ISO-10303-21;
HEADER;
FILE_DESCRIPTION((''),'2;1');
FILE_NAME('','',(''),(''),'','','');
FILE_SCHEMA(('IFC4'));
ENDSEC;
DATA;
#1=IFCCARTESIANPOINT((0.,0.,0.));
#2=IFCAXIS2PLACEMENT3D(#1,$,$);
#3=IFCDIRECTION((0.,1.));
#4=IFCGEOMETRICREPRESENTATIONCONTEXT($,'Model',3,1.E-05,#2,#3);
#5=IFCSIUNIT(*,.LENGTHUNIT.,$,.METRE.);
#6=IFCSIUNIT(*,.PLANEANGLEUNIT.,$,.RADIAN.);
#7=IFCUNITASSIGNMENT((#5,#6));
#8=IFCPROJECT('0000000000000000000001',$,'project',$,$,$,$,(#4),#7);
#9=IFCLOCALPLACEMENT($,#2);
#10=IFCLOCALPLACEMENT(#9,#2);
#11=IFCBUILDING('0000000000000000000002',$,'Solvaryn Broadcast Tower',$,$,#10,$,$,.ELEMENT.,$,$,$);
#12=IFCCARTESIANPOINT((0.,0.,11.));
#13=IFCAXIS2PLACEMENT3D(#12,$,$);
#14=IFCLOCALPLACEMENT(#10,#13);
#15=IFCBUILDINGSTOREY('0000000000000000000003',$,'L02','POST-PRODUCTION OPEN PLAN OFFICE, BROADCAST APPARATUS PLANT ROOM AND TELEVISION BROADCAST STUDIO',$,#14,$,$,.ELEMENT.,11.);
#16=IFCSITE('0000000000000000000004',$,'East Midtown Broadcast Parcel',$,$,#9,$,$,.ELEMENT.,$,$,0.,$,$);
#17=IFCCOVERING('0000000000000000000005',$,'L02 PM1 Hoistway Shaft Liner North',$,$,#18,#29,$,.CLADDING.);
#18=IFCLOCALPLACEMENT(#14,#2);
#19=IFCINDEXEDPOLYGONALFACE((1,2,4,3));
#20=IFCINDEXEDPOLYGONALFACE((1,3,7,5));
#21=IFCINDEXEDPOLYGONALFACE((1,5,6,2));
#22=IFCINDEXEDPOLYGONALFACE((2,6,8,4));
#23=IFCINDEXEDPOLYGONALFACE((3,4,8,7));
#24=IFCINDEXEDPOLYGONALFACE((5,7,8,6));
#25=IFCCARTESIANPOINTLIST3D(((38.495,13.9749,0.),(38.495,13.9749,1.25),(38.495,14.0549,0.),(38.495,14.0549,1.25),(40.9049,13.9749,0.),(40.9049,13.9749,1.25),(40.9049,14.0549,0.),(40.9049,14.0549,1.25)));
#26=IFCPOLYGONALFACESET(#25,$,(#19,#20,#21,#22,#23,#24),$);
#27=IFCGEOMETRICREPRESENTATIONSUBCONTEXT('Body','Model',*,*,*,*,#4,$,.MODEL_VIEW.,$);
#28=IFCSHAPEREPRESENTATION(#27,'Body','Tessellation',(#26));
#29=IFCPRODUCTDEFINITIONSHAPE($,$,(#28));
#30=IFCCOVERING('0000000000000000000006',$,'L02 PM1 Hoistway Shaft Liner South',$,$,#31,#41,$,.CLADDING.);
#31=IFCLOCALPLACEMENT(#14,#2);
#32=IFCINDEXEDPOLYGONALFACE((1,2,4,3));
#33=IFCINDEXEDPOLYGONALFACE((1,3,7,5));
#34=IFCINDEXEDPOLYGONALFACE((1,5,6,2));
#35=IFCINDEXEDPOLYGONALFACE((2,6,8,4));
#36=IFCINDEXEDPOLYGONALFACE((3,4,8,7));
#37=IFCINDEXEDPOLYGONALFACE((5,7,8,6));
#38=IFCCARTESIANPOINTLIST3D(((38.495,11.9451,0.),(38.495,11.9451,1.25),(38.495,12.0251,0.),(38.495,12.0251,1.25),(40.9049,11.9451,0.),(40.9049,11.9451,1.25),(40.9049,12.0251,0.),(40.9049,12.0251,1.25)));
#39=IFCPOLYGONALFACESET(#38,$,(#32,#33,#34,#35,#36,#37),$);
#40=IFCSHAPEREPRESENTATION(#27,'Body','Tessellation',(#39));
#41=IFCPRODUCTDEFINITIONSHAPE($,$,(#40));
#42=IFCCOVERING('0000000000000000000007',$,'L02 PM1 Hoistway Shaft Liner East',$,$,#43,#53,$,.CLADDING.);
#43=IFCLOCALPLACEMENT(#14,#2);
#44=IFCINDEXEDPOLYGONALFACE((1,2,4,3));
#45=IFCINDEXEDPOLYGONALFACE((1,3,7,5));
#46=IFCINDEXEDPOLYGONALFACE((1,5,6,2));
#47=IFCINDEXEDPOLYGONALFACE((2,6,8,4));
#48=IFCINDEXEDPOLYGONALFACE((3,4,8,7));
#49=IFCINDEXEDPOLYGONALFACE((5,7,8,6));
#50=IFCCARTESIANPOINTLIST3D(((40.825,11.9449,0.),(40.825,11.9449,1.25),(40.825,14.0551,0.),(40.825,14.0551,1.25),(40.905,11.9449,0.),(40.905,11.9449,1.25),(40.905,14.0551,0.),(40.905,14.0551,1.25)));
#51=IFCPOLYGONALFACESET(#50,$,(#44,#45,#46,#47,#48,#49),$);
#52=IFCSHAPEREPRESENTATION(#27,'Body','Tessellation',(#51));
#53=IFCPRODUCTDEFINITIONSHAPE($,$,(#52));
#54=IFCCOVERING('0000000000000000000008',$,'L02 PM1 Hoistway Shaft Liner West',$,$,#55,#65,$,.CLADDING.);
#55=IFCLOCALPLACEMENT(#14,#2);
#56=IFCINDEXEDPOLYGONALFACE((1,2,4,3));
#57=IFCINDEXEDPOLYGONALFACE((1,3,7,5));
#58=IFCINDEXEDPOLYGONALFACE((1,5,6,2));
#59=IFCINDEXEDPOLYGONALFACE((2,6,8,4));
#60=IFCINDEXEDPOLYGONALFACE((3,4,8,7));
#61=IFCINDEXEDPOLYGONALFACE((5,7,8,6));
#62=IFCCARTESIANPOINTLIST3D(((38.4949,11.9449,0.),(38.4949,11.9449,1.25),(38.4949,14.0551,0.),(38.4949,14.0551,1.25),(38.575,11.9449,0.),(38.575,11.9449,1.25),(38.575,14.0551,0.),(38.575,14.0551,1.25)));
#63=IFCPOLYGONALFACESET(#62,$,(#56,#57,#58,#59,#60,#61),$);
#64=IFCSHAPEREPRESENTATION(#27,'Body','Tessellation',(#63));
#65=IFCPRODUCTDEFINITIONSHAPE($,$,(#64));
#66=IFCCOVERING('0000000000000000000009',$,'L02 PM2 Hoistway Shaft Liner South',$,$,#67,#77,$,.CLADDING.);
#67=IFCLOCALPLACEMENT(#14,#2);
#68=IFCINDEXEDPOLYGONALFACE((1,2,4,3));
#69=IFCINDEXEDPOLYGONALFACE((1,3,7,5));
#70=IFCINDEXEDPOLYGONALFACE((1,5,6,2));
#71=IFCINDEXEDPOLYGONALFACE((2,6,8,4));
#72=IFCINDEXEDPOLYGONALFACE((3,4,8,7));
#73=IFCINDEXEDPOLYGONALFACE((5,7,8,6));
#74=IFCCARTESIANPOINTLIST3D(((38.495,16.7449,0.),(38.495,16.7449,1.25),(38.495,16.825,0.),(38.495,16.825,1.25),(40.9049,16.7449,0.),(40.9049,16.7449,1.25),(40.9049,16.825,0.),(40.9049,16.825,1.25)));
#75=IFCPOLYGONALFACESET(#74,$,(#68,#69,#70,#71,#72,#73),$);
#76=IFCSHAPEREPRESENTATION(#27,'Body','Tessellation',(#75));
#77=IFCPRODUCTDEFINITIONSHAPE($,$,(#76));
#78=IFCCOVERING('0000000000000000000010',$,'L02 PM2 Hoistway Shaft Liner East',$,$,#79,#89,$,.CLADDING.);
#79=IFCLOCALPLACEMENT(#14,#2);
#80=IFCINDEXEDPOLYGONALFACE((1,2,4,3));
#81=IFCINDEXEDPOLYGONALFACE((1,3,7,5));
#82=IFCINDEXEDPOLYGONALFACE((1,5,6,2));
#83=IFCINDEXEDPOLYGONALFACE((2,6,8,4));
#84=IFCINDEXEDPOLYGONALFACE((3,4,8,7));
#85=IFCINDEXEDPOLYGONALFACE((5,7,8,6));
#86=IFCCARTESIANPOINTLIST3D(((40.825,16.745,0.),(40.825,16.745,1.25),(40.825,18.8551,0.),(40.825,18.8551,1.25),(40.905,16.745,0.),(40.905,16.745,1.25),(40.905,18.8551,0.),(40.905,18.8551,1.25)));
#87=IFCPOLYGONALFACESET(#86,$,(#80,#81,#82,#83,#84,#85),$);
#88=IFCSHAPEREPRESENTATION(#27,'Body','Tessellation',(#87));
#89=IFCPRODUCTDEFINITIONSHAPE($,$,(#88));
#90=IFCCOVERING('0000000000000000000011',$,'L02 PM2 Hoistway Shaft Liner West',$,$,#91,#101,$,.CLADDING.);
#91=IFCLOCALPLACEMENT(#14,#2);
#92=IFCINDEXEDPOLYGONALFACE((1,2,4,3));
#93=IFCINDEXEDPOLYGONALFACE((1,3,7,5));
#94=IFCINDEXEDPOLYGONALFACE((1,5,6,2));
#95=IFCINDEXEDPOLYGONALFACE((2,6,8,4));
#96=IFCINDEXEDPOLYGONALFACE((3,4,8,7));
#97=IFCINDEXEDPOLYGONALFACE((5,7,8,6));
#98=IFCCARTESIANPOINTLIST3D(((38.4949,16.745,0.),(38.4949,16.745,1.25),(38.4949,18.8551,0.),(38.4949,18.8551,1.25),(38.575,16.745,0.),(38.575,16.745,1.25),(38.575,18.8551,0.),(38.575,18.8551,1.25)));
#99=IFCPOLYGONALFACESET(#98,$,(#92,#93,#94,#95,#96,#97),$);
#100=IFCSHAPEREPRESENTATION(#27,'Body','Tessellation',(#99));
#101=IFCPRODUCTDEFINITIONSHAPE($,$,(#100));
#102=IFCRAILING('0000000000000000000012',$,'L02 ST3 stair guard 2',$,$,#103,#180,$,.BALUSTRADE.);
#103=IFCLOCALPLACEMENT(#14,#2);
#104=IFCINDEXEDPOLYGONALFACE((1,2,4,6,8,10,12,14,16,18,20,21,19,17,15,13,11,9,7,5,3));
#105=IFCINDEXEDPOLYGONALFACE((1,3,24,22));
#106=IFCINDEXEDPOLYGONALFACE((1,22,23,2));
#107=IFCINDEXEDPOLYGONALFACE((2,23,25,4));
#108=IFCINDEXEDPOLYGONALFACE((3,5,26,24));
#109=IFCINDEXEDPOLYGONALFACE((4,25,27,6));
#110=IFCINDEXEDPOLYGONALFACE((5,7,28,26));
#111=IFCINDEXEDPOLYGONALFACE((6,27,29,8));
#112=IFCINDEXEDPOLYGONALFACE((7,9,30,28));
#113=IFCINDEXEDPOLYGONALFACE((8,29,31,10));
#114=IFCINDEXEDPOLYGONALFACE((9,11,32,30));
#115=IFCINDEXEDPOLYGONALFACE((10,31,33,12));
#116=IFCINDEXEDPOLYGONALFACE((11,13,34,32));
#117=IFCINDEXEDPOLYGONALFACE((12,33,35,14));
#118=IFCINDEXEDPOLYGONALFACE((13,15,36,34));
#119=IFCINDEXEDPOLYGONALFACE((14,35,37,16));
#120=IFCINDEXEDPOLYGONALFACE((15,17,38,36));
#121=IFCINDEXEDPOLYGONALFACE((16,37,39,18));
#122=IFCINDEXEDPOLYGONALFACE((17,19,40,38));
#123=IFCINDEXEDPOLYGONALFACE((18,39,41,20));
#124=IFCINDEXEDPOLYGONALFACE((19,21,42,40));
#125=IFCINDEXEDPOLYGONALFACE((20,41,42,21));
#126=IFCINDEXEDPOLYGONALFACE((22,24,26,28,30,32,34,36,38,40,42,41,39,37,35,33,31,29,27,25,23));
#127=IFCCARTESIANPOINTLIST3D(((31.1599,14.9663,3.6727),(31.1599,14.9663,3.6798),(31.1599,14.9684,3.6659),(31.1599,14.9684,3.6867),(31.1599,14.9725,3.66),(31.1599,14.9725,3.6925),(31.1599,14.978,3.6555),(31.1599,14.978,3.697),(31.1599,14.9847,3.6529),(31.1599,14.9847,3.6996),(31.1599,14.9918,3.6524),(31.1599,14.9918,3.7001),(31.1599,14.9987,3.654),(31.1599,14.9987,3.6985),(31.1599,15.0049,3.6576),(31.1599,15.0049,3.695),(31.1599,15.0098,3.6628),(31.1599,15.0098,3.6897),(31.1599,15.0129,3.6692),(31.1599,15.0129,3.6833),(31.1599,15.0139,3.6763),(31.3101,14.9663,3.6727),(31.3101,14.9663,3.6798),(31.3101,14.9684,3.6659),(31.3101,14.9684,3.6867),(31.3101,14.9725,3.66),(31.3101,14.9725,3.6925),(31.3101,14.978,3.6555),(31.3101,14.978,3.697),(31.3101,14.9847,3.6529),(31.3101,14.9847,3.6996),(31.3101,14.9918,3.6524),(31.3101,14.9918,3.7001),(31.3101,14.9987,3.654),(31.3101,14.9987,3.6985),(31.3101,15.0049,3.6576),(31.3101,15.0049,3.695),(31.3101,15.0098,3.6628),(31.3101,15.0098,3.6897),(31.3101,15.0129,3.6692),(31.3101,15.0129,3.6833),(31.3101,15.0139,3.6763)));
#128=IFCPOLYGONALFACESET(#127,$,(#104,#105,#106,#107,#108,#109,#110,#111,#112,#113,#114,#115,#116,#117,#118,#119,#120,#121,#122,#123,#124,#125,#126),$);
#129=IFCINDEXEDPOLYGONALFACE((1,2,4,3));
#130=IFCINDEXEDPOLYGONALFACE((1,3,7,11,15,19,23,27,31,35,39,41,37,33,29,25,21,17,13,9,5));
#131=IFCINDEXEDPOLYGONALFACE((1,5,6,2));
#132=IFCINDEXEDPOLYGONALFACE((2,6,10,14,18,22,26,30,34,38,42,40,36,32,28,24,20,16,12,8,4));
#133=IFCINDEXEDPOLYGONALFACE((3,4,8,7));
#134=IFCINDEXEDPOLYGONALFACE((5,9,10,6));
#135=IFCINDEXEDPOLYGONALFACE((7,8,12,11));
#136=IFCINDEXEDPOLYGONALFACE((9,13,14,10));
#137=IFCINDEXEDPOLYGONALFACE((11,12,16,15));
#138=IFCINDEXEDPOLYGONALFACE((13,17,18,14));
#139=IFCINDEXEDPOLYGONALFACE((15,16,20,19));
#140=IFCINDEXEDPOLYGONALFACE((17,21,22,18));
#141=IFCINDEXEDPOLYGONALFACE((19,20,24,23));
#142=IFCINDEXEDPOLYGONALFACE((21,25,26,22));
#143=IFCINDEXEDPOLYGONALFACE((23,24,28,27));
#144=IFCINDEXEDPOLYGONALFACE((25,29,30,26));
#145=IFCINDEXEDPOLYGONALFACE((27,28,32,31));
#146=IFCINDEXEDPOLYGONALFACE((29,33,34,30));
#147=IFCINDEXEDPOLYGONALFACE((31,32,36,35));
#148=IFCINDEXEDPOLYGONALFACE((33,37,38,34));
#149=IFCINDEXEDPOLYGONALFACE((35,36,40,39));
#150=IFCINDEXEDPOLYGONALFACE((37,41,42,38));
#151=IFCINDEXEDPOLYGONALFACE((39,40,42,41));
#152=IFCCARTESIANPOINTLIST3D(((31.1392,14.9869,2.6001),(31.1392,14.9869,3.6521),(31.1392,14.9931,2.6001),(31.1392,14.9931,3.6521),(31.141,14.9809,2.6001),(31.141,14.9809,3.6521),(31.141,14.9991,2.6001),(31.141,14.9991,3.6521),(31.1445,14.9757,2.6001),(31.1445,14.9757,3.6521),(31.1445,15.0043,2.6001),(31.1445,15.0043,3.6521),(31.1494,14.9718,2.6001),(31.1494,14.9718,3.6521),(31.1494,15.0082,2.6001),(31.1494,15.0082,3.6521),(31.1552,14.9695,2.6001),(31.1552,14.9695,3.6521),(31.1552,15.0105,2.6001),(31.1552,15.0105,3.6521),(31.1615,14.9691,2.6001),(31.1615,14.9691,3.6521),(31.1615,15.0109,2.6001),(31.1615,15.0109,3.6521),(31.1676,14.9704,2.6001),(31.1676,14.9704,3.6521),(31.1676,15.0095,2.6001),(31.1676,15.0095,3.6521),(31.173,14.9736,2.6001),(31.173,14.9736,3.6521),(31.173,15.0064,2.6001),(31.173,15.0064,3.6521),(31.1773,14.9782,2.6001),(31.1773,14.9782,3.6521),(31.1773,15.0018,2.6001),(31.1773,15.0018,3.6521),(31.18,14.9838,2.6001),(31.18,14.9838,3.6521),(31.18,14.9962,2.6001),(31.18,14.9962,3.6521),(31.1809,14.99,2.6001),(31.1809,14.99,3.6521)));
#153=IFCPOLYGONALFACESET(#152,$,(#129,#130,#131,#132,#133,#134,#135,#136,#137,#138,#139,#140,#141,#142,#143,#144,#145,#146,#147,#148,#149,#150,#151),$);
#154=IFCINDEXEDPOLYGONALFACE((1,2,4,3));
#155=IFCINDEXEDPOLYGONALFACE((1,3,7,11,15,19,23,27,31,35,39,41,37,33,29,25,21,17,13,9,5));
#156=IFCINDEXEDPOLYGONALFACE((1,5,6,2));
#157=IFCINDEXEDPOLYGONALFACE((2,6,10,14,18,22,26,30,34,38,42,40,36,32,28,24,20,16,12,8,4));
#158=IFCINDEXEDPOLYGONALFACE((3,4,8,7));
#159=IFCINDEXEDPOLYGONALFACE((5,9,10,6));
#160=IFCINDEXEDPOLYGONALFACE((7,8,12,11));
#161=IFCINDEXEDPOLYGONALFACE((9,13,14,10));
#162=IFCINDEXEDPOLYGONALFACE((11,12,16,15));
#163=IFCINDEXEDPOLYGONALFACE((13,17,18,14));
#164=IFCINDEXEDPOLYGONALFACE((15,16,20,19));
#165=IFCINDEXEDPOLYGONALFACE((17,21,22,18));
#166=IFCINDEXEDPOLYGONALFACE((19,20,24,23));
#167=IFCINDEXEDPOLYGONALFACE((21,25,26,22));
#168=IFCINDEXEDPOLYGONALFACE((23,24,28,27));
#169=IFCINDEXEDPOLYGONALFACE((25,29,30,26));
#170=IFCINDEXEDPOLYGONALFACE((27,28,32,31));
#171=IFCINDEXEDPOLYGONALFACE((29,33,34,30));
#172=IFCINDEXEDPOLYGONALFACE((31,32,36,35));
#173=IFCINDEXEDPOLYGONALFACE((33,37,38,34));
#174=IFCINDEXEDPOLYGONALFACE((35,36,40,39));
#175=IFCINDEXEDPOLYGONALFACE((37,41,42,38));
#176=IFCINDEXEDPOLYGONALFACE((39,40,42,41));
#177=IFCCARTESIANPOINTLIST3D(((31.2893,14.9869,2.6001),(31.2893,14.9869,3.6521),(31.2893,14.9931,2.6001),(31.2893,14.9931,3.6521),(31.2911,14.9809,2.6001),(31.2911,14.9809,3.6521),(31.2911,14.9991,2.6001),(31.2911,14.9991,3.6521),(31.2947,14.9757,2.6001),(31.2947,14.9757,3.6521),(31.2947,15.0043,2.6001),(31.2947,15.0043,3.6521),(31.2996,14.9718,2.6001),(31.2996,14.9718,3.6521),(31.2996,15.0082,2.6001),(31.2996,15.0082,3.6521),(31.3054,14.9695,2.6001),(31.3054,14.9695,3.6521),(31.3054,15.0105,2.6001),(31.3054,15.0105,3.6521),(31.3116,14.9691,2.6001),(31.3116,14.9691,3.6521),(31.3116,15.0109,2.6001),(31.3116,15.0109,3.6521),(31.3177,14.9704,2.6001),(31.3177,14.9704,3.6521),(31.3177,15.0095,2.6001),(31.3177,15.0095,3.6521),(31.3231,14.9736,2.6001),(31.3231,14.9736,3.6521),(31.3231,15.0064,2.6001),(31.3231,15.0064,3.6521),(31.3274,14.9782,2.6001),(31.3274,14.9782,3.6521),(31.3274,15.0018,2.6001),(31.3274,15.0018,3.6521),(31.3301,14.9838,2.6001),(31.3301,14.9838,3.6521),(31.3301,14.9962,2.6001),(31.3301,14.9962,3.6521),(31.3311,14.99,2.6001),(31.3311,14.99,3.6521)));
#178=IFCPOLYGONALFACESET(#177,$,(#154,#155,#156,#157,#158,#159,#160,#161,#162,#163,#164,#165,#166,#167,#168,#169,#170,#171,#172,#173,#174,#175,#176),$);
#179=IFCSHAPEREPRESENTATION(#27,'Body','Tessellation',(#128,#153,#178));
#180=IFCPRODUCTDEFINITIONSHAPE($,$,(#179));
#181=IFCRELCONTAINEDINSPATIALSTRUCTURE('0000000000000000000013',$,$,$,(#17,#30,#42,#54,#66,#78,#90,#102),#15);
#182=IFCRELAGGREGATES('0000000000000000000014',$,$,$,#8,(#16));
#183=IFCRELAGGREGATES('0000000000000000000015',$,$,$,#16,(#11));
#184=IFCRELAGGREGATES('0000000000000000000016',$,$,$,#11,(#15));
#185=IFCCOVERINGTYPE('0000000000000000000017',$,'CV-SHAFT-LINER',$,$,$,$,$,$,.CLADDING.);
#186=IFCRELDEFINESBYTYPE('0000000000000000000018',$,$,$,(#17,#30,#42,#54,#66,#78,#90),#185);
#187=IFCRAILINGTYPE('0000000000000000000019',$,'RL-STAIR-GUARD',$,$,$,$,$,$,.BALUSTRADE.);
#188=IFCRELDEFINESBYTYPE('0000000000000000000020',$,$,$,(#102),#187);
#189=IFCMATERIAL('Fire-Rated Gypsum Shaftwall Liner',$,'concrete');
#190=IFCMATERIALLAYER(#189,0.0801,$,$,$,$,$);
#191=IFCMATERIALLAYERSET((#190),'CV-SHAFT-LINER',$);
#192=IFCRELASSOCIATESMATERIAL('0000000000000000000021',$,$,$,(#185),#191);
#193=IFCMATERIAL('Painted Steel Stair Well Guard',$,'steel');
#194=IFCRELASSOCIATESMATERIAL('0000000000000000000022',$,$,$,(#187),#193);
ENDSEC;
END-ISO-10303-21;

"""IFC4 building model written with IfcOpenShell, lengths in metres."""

from ifc_helpers import new_model, si_unit, direction, frame, origin, origin_2d, place, context, subcontext, project, spatial, rectangle, circle, extrude, material, layer, layer_set, type_object, element, save


model = new_model("IFC4")

# Units and contexts
model_context = context("Model", 3, precision=1e-05, world=origin(), true_north=direction((0.0, 1.0)))
body_context = subcontext(model_context, "Body", "Model", "MODEL_VIEW")
ifc_project = project(units=[si_unit("LENGTHUNIT", "METRE"), si_unit("PLANEANGLEUNIT", "RADIAN")], contexts=[model_context])

# Site, building, storey
site_placement = place(None, origin())
site = spatial("IfcSite", under=ifc_project, at=site_placement, Name="East Midtown Broadcast Parcel", CompositionType="ELEMENT", RefElevation=0.0)
building_placement = place(site_placement, origin())
building = spatial("IfcBuilding", under=site, at=building_placement, Name="Solvaryn Broadcast Tower", CompositionType="ELEMENT")
storey_placement = place(building_placement, frame((0.0, 0.0, 11.0)))
storey = spatial("IfcBuildingStorey", under=building, at=storey_placement, Name="L02", Description="POST-PRODUCTION OPEN PLAN OFFICE, BROADCAST APPARATUS PLANT ROOM AND TELEVISION BROADCAST STUDIO", CompositionType="ELEMENT", Elevation=11.0)

# Coverings
ifc_material_1 = material(Name="Fire-Rated Gypsum Shaftwall Liner", Category="concrete")
ifc_layer_1 = layer(ifc_material_1, 0.0801)
ifc_layer_set_1 = layer_set([ifc_layer_1], Name="CV-SHAFT-LINER")
covering_type = type_object("IfcCoveringType", Name="CV-SHAFT-LINER", PredefinedType="CLADDING", material=ifc_layer_set_1)
for number, where, z_axis, x_axis, name in (
    (1, (39.7, 14.0149, 0.0), (0.0, 0.0, 1.0), (1.0, 0.0, 0.0), "L02 PM1 Hoistway Shaft Liner North"),
    (2, (39.7, 11.9851, 0.0), (0.0, 0.0, 1.0), (1.0, 0.0, 0.0), "L02 PM1 Hoistway Shaft Liner South"),
):
    element("IfcCovering", number, at=place(storey_placement, frame(where, z_axis=z_axis, x_axis=x_axis)), inside=storey, type_object=covering_type, Name=name, PredefinedType="CLADDING", context=body_context, shape_type="SweptSolid", body=[
        extrude(rectangle(XDim=2.4099, YDim=0.0801, at=origin_2d()), origin(), (0.0, 0.0, 1.0), 1.25),
    ])
for number, where, z_axis, x_axis, name in (
    (3, (40.865, 13.0, 0.0), (0.0, 0.0, 1.0), (1.0, 0.0, 0.0), "L02 PM1 Hoistway Shaft Liner East"),
    (4, (38.5349, 13.0, 0.0), (0.0, 0.0, 1.0), (1.0, 0.0, 0.0), "L02 PM1 Hoistway Shaft Liner West"),
):
    element("IfcCovering", number, at=place(storey_placement, frame(where, z_axis=z_axis, x_axis=x_axis)), inside=storey, type_object=covering_type, Name=name, PredefinedType="CLADDING", context=body_context, shape_type="SweptSolid", body=[
        extrude(rectangle(XDim=0.0801, YDim=2.1101, at=origin_2d()), origin(), (0.0, 0.0, 1.0), 1.25),
    ])
covering_1_placement = place(storey_placement, frame((39.7, 16.7849, 0.0), z_axis=(0.0, 0.0, 1.0), x_axis=(1.0, 0.0, 0.0)))
element("IfcCovering", 5, at=covering_1_placement, inside=storey, type_object=covering_type, Name="L02 PM2 Hoistway Shaft Liner South", PredefinedType="CLADDING", context=body_context, shape_type="SweptSolid", body=[
    extrude(rectangle(XDim=2.4099, YDim=0.0801, at=origin_2d()), origin(), (0.0, 0.0, 1.0), 1.25),
])
for number, where, z_axis, x_axis, name in (
    (6, (40.865, 17.8, 0.0), (0.0, 0.0, 1.0), (1.0, 0.0, 0.0), "L02 PM2 Hoistway Shaft Liner East"),
    (7, (38.5349, 17.8, 0.0), (0.0, 0.0, 1.0), (1.0, 0.0, 0.0), "L02 PM2 Hoistway Shaft Liner West"),
):
    element("IfcCovering", number, at=place(storey_placement, frame(where, z_axis=z_axis, x_axis=x_axis)), inside=storey, type_object=covering_type, Name=name, PredefinedType="CLADDING", context=body_context, shape_type="SweptSolid", body=[
        extrude(rectangle(XDim=0.0801, YDim=2.1101, at=origin_2d()), origin(), (0.0, 0.0, 1.0), 1.25),
    ])

# Railing
ifc_material_2 = material(Name="Painted Steel Stair Well Guard", Category="steel")
railing_type_1 = type_object("IfcRailingType", Name="RL-STAIR-GUARD", PredefinedType="BALUSTRADE", material=ifc_material_2)
railing_1_placement = place(storey_placement, frame((31.1599, 14.99, 2.6001)))
element("IfcRailing", 8, at=railing_1_placement, inside=storey, type_object=railing_type_1, Name="L02 ST3 stair guard 2", PredefinedType="BALUSTRADE", context=body_context, shape_type="SweptSolid", body=[
    extrude(circle(Radius=0.0239, at=origin_2d()), frame((0.0, 0.0, 1.0762), z_axis=(1.0, 0.0, 0.0), x_axis=(0.0, 1.0, 0.0)), (0.0, 0.0, 1.0), 0.1501),
    extrude(circle(Radius=0.021, at=origin_2d()), origin(), (0.0, 0.0, 1.0), 1.052),
    extrude(circle(Radius=0.021, at=origin_2d()), frame((0.1501, 0.0, 0.0)), (0.0, 0.0, 1.0), 1.052),
])

save(model, "model.ifc")
